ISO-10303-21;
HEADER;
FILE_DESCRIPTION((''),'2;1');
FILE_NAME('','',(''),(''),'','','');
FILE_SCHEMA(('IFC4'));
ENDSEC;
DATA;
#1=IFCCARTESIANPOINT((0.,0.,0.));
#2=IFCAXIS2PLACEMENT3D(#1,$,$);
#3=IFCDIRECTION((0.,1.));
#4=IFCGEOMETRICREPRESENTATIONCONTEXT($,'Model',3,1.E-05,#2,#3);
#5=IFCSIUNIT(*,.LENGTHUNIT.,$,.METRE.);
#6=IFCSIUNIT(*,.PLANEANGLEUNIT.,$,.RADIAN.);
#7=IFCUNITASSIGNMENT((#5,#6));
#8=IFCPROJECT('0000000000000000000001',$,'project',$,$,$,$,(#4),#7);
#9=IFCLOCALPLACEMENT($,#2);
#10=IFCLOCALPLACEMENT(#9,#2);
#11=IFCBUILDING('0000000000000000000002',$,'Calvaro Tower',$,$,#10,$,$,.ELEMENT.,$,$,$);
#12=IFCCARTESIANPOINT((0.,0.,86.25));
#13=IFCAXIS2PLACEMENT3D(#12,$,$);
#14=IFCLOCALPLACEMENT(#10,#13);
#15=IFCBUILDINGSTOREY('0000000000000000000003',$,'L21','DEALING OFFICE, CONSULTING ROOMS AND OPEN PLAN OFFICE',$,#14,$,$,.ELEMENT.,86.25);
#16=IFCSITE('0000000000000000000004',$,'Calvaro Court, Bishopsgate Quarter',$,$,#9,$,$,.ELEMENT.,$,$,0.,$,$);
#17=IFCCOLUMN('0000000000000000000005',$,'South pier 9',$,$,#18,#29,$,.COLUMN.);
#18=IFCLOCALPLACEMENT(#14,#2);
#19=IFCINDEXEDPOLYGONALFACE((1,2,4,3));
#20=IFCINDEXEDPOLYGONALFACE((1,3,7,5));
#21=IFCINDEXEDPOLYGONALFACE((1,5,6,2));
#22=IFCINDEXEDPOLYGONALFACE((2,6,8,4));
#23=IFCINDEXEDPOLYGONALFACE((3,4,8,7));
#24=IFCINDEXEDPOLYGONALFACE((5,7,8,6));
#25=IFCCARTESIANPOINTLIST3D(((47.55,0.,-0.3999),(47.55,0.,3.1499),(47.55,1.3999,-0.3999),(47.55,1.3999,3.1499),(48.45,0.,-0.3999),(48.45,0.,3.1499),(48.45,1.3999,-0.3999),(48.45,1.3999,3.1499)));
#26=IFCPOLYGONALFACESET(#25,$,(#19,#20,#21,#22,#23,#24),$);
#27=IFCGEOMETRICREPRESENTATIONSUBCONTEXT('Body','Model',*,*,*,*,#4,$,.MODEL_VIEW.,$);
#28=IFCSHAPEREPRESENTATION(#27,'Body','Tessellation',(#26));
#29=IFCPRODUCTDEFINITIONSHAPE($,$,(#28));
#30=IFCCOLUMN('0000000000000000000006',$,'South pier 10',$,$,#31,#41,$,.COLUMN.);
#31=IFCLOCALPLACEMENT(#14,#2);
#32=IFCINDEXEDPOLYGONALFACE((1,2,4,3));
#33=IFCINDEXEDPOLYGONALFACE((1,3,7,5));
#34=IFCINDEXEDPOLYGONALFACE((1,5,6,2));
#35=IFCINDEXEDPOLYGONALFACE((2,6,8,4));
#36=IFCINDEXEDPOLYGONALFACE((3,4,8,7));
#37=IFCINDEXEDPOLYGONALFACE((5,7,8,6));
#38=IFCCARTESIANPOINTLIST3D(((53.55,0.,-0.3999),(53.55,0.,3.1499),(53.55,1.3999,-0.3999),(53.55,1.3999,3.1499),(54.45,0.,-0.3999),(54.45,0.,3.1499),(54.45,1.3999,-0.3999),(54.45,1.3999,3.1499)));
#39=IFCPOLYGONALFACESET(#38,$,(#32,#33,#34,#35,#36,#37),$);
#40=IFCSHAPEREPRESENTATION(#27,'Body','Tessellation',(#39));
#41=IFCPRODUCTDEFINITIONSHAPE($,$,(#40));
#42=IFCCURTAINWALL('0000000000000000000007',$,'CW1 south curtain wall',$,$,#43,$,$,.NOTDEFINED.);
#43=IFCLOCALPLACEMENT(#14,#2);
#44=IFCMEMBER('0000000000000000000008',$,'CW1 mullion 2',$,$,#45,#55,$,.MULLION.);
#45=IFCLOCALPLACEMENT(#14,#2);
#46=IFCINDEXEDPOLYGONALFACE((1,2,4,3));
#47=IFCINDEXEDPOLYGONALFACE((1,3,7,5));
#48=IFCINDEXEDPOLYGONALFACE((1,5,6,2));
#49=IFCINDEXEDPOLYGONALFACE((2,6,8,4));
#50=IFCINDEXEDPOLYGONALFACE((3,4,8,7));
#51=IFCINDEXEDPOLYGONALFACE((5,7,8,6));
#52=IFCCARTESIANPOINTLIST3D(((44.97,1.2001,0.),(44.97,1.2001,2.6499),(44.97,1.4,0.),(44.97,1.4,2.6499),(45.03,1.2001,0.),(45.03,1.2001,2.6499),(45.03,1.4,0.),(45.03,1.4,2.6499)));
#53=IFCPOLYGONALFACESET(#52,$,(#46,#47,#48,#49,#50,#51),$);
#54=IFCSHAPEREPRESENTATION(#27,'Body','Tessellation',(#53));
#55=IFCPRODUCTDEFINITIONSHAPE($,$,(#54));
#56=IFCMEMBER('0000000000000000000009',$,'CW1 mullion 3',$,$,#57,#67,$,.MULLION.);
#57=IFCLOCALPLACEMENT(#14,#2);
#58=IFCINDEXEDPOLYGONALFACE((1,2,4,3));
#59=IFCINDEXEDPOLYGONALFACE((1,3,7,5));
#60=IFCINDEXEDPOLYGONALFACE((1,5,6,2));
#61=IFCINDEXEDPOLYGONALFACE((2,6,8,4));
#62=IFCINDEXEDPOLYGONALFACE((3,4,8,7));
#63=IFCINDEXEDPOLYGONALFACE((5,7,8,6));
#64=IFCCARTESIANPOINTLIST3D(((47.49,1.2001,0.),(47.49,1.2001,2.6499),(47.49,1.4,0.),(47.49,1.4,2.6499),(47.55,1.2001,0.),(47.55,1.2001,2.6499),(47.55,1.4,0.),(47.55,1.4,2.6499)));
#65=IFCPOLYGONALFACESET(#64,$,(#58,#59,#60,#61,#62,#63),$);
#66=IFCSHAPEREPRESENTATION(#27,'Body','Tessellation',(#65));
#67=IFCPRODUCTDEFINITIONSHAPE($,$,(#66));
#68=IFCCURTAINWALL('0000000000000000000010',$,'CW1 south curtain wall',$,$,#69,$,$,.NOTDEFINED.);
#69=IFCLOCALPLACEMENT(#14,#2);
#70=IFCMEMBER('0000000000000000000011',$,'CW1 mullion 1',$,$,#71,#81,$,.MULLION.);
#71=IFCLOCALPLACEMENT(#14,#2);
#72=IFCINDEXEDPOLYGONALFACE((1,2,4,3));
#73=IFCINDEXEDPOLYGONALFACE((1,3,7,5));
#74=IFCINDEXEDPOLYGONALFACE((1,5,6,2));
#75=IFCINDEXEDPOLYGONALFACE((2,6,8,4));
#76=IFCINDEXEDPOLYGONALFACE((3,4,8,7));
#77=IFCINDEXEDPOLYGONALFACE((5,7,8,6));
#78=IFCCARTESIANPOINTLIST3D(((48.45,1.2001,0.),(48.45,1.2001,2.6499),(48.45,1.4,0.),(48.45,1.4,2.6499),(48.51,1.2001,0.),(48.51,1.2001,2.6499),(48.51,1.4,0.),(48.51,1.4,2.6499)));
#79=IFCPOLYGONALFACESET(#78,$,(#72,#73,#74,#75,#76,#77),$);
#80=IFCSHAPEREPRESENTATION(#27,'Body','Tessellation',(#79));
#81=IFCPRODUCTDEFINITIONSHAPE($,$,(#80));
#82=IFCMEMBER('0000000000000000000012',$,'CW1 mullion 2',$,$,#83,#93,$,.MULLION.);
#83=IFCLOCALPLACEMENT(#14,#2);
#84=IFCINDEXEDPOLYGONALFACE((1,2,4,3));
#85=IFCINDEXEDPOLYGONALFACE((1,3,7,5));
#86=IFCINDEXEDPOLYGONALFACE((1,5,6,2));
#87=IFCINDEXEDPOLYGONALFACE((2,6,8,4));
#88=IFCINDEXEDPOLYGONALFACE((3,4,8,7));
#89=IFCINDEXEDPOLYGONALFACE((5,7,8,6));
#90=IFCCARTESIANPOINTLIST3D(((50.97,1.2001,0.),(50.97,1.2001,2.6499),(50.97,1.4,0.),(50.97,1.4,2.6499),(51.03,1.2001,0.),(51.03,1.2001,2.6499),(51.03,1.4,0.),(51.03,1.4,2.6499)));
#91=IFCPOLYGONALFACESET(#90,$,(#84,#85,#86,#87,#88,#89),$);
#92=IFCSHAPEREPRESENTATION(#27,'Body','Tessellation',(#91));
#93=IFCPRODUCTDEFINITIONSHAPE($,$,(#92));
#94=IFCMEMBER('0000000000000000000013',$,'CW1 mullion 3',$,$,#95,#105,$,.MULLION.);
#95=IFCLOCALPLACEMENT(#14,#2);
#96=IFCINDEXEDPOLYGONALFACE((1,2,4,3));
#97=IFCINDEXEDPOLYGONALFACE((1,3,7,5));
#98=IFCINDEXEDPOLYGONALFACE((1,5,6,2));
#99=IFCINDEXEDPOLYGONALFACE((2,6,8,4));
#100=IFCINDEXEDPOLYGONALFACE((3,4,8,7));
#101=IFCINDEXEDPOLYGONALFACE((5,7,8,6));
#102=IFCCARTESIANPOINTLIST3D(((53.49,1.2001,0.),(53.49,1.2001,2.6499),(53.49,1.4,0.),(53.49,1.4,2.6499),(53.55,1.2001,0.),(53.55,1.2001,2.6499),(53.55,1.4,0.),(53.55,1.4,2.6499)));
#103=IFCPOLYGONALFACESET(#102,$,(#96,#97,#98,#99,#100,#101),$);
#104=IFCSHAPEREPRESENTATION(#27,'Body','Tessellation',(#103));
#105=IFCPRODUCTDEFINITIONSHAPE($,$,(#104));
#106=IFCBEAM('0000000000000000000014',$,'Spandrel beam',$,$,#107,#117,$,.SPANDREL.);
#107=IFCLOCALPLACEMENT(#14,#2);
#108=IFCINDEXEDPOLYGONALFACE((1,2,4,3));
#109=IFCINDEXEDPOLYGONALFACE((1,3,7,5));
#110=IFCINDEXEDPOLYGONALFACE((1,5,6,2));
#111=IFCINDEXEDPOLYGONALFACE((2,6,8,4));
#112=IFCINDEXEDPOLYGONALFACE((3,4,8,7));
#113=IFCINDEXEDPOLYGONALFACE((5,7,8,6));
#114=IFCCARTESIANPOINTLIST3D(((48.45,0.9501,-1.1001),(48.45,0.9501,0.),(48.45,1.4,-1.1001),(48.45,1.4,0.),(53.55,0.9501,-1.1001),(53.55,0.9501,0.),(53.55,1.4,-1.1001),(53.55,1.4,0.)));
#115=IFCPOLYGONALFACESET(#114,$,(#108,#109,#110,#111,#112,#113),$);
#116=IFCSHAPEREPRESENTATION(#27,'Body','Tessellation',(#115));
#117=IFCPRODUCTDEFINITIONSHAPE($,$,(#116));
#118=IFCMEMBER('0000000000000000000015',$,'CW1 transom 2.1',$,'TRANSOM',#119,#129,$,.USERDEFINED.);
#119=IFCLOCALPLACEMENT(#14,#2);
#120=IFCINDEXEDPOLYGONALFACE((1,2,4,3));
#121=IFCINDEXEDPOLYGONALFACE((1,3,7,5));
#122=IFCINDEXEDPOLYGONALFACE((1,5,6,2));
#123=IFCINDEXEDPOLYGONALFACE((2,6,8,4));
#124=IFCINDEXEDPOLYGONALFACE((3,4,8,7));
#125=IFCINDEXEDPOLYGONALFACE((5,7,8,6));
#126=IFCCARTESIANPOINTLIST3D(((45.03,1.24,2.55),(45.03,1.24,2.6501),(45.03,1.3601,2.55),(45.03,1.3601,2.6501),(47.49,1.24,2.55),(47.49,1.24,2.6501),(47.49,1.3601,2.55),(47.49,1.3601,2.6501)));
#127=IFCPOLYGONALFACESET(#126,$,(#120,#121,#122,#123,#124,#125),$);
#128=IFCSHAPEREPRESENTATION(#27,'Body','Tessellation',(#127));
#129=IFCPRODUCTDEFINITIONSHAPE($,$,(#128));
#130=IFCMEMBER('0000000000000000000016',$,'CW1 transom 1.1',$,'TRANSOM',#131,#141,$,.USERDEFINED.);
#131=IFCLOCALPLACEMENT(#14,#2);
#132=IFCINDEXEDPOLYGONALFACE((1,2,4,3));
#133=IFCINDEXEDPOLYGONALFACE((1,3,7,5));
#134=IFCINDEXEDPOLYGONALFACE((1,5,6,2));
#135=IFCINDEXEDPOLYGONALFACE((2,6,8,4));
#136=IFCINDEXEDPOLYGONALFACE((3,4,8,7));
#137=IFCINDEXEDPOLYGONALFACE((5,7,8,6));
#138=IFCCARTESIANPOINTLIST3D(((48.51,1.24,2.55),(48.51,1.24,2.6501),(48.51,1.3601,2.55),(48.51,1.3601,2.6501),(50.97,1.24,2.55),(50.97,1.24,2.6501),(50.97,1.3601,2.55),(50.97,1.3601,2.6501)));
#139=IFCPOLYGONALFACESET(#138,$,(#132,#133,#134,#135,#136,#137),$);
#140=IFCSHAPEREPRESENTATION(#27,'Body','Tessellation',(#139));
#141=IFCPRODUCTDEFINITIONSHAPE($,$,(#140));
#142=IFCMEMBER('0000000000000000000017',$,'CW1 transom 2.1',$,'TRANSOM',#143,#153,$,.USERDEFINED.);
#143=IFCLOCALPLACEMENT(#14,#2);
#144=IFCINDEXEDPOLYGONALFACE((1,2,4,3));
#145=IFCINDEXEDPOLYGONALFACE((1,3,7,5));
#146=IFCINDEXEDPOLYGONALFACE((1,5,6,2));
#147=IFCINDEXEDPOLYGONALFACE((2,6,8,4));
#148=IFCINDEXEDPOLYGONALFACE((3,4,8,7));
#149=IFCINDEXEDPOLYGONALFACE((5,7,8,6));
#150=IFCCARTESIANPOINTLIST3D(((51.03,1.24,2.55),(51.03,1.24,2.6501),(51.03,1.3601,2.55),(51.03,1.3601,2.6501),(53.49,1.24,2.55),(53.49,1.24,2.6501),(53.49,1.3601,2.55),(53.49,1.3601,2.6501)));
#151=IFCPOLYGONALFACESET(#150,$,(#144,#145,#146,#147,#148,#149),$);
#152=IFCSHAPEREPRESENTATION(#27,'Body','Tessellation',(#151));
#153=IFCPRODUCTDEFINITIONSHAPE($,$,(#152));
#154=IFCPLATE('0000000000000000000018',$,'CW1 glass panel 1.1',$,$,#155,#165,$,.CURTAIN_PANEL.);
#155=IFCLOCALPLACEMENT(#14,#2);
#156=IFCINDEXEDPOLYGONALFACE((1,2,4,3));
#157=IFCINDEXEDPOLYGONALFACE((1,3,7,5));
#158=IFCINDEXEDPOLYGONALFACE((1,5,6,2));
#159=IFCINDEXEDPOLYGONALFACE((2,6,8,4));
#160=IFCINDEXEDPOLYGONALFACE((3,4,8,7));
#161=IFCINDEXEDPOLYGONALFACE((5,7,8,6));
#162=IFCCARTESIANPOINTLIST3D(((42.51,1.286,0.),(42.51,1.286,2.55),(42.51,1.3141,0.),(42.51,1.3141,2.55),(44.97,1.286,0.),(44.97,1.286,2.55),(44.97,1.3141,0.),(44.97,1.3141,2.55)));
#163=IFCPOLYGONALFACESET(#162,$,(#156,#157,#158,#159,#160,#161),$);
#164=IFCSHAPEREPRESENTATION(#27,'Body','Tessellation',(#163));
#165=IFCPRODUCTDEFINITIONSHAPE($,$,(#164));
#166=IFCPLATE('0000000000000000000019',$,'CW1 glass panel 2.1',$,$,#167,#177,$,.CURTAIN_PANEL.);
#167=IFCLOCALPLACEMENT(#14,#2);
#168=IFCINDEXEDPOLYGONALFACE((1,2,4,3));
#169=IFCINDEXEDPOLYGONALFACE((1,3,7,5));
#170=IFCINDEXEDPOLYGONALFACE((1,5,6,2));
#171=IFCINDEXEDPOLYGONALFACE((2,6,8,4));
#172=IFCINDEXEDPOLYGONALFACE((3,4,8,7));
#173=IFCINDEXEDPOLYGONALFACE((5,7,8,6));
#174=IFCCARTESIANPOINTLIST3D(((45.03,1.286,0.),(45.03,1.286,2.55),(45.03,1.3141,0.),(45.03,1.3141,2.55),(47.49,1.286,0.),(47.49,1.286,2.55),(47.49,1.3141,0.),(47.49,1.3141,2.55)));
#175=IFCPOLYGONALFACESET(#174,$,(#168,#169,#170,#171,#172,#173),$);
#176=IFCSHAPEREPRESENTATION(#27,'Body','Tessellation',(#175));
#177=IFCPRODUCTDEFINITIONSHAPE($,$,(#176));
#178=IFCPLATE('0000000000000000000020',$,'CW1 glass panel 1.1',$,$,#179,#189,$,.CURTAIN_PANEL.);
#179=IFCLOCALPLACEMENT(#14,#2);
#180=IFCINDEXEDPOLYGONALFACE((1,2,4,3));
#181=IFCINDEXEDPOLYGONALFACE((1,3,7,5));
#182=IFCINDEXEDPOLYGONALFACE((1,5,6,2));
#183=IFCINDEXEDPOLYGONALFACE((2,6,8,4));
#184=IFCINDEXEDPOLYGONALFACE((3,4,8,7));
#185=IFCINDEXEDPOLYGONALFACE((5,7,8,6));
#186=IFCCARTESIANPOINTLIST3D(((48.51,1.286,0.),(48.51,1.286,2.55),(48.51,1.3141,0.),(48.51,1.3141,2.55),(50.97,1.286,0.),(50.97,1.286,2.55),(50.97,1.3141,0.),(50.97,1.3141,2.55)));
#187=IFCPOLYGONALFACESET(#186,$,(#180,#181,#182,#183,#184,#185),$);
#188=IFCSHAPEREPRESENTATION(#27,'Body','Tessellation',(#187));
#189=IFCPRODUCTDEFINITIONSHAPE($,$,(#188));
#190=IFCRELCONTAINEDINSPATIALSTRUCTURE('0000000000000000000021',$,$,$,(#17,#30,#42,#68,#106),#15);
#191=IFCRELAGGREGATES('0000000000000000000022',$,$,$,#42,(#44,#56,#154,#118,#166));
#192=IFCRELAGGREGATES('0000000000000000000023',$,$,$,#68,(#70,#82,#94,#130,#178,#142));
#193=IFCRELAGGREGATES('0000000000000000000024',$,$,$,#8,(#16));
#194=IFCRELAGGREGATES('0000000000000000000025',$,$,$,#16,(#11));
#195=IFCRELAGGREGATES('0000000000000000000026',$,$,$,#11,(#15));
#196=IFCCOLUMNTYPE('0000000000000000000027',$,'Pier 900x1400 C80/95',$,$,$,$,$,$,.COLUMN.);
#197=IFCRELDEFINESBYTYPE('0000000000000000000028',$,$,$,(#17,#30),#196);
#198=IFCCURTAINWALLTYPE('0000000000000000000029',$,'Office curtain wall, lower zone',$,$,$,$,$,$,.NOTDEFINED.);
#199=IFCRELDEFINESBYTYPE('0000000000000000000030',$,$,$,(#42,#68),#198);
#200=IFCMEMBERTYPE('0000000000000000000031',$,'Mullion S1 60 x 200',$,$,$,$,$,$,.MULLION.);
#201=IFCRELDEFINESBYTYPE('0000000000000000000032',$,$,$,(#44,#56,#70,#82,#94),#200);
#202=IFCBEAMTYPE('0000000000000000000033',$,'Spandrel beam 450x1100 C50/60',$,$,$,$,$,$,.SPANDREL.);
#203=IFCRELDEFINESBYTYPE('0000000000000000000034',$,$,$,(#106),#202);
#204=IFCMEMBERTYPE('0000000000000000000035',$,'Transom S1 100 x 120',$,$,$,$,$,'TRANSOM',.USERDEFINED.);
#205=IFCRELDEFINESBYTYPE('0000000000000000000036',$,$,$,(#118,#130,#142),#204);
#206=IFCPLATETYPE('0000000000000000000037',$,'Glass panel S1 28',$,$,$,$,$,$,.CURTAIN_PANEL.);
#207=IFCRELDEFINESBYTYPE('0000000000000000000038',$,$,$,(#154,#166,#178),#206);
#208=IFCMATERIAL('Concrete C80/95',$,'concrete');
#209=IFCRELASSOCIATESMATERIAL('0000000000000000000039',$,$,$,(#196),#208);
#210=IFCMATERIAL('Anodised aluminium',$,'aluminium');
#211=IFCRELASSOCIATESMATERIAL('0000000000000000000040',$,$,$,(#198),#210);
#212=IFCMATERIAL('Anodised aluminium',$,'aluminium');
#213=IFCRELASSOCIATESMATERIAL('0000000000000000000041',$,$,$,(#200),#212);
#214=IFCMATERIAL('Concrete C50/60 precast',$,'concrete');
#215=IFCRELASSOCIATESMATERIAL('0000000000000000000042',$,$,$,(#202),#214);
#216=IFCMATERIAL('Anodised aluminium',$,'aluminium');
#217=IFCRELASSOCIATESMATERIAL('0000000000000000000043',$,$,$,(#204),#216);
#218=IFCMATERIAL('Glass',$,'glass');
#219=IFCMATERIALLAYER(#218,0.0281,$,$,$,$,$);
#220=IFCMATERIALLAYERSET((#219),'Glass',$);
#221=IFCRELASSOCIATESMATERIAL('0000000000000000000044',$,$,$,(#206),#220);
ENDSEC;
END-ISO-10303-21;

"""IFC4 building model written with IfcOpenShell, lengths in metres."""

from ifc_helpers import new_model, si_unit, direction, frame, origin, origin_2d, place, context, subcontext, project, spatial, rectangle, extrude, material, layer, layer_set, material_profile, profile_set, type_object, element, aggregate, save


model = new_model("IFC4")

# Units and contexts
model_context = context("Model", 3, precision=1e-05, world=origin(), true_north=direction((0.0, 1.0)))
body_context = subcontext(model_context, "Body", "Model", "MODEL_VIEW")
ifc_project = project(units=[si_unit("LENGTHUNIT", "METRE"), si_unit("PLANEANGLEUNIT", "RADIAN")], contexts=[model_context])

# Site, building, storey
site_placement = place(None, origin())
site = spatial("IfcSite", under=ifc_project, at=site_placement, Name="Calvaro Court, Bishopsgate Quarter", CompositionType="ELEMENT", RefElevation=0.0)
building_placement = place(site_placement, origin())
building = spatial("IfcBuilding", under=site, at=building_placement, Name="Calvaro Tower", CompositionType="ELEMENT")
storey_placement = place(building_placement, frame((0.0, 0.0, 86.25)))
storey = spatial("IfcBuildingStorey", under=building, at=storey_placement, Name="L21", Description="DEALING OFFICE, CONSULTING ROOMS AND OPEN PLAN OFFICE", CompositionType="ELEMENT", Elevation=86.25)

# Columns
ifc_material_1 = material(Name="Concrete C80/95", Category="concrete")
ifc_material_profile_1 = material_profile(ifc_material_1, rectangle(XDim=0.8999, YDim=1.3999, at=origin_2d()), Name="RC 900x1400")
ifc_profile_set_1 = profile_set([ifc_material_profile_1], Name="Concrete C80/95")
column_type = type_object("IfcColumnType", Name="Pier 900x1400 C80/95", PredefinedType="COLUMN", material=ifc_profile_set_1)
for number, where, z_axis, x_axis, name in (
    (1, (48.0, 0.7, -0.3999), (0.0, 0.0, 1.0), (1.0, 0.0, 0.0), "South pier 9"),
    (2, (54.0, 0.7, -0.3999), (0.0, 0.0, 1.0), (1.0, 0.0, 0.0), "South pier 10"),
):
    element("IfcColumn", number, at=place(storey_placement, frame(where, z_axis=z_axis, x_axis=x_axis)), inside=storey, type_object=column_type, Name=name, PredefinedType="COLUMN", context=body_context, shape_type="SweptSolid", body=[
        extrude(rectangle(XDim=0.8999, YDim=1.3999, at=origin_2d()), origin(), (0.0, 0.0, 1.0), 3.5498),
    ])

# Curtain walls, members
ifc_material_2 = material(Name="Anodised aluminium", Category="aluminium")
curtain_wall_type = type_object("IfcCurtainWallType", Name="Office curtain wall, lower zone", PredefinedType="NOTDEFINED", material=ifc_material_2)
curtain_wall_1_placement = place(storey_placement, origin())
curtain_wall_1 = element("IfcCurtainWall", 3, at=curtain_wall_1_placement, inside=storey, type_object=curtain_wall_type, Name="CW1 south curtain wall", PredefinedType="NOTDEFINED")
ifc_material_3 = material(Name="Anodised aluminium", Category="aluminium")
ifc_material_profile_2 = material_profile(ifc_material_3, rectangle(XDim=0.2, YDim=0.0601, at=origin_2d()), Name="Mullion S1 60 x 200")
ifc_profile_set_2 = profile_set([ifc_material_profile_2], Name="Anodised aluminium")
member_type_1 = type_object("IfcMemberType", Name="Mullion S1 60 x 200", PredefinedType="MULLION", material=ifc_profile_set_2)
member_1_placement = place(storey_placement, frame((45.0, 1.3, 0.0), z_axis=(0.0, 0.0, 1.0), x_axis=(0.0, 1.0, 0.0)))
member_1 = element("IfcMember", 4, at=member_1_placement, type_object=member_type_1, Name="CW1 mullion 2", PredefinedType="MULLION", context=body_context, shape_type="SweptSolid", body=[
    extrude(rectangle(XDim=0.2, YDim=0.0601, at=origin_2d()), origin(), (0.0, 0.0, 1.0), 2.6499),
])
member_2_placement = place(storey_placement, frame((47.52, 1.3, 0.0), z_axis=(0.0, 0.0, 1.0), x_axis=(0.0, 1.0, 0.0)))
member_2 = element("IfcMember", 5, at=member_2_placement, type_object=member_type_1, Name="CW1 mullion 3", PredefinedType="MULLION", context=body_context, shape_type="SweptSolid", body=[
    extrude(rectangle(XDim=0.2, YDim=0.0601, at=origin_2d()), origin(), (0.0, 0.0, 1.0), 2.6499),
])
curtain_wall_2_placement = place(storey_placement, origin())
curtain_wall_2 = element("IfcCurtainWall", 6, at=curtain_wall_2_placement, inside=storey, type_object=curtain_wall_type, Name="CW1 south curtain wall", PredefinedType="NOTDEFINED")
member_3_placement = place(storey_placement, frame((48.48, 1.3, 0.0), z_axis=(0.0, 0.0, 1.0), x_axis=(0.0, 1.0, 0.0)))
member_3 = element("IfcMember", 7, at=member_3_placement, type_object=member_type_1, Name="CW1 mullion 1", PredefinedType="MULLION", context=body_context, shape_type="SweptSolid", body=[
    extrude(rectangle(XDim=0.2, YDim=0.0601, at=origin_2d()), origin(), (0.0, 0.0, 1.0), 2.6499),
])
member_4_placement = place(storey_placement, frame((51.0, 1.3, 0.0), z_axis=(0.0, 0.0, 1.0), x_axis=(0.0, 1.0, 0.0)))
member_4 = element("IfcMember", 8, at=member_4_placement, type_object=member_type_1, Name="CW1 mullion 2", PredefinedType="MULLION", context=body_context, shape_type="SweptSolid", body=[
    extrude(rectangle(XDim=0.2, YDim=0.0601, at=origin_2d()), origin(), (0.0, 0.0, 1.0), 2.6499),
])
member_5_placement = place(storey_placement, frame((53.52, 1.3, 0.0), z_axis=(0.0, 0.0, 1.0), x_axis=(0.0, 1.0, 0.0)))
member_5 = element("IfcMember", 9, at=member_5_placement, type_object=member_type_1, Name="CW1 mullion 3", PredefinedType="MULLION", context=body_context, shape_type="SweptSolid", body=[
    extrude(rectangle(XDim=0.2, YDim=0.0601, at=origin_2d()), origin(), (0.0, 0.0, 1.0), 2.6499),
])

# Beam
ifc_material_4 = material(Name="Concrete C50/60 precast", Category="concrete")
ifc_material_profile_3 = material_profile(ifc_material_4, rectangle(XDim=0.45, YDim=1.1001, at=origin_2d()), Name="RC 450x1100")
ifc_profile_set_3 = profile_set([ifc_material_profile_3], Name="Concrete C50/60 precast")
beam_type = type_object("IfcBeamType", Name="Spandrel beam 450x1100 C50/60", PredefinedType="SPANDREL", material=ifc_profile_set_3)
beam_placement = place(storey_placement, frame((48.45, 1.175, -0.55), z_axis=(1.0, 0.0, 0.0), x_axis=(0.0, 1.0, 0.0)))
element("IfcBeam", 10, at=beam_placement, inside=storey, type_object=beam_type, Name="Spandrel beam", PredefinedType="SPANDREL", context=body_context, shape_type="SweptSolid", body=[
    extrude(rectangle(XDim=0.45, YDim=1.1001, at=origin_2d()), origin(), (0.0, 0.0, 1.0), 5.1001),
])

# Members
ifc_material_5 = material(Name="Anodised aluminium", Category="aluminium")
ifc_material_profile_4 = material_profile(ifc_material_5, rectangle(XDim=0.1201, YDim=0.1001, at=origin_2d()), Name="Transom S1 100 x 120")
ifc_profile_set_4 = profile_set([ifc_material_profile_4], Name="Anodised aluminium")
member_type_2 = type_object("IfcMemberType", Name="Transom S1 100 x 120", ElementType="TRANSOM", PredefinedType="USERDEFINED", material=ifc_profile_set_4)
member_6_placement = place(storey_placement, frame((45.03, 1.3, 2.6001), z_axis=(1.0, 0.0, 0.0), x_axis=(0.0, 1.0, 0.0)))
member_6 = element("IfcMember", 11, at=member_6_placement, type_object=member_type_2, Name="CW1 transom 2.1", ObjectType="TRANSOM", PredefinedType="USERDEFINED", context=body_context, shape_type="SweptSolid", body=[
    extrude(rectangle(XDim=0.1201, YDim=0.1001, at=origin_2d()), origin(), (0.0, 0.0, 1.0), 2.46),
])
member_7_placement = place(storey_placement, frame((48.51, 1.3, 2.6001), z_axis=(1.0, 0.0, 0.0), x_axis=(0.0, 1.0, 0.0)))
member_7 = element("IfcMember", 12, at=member_7_placement, type_object=member_type_2, Name="CW1 transom 1.1", ObjectType="TRANSOM", PredefinedType="USERDEFINED", context=body_context, shape_type="SweptSolid", body=[
    extrude(rectangle(XDim=0.1201, YDim=0.1001, at=origin_2d()), origin(), (0.0, 0.0, 1.0), 2.46),
])
member_8_placement = place(storey_placement, frame((51.03, 1.3, 2.6001), z_axis=(1.0, 0.0, 0.0), x_axis=(0.0, 1.0, 0.0)))
member_8 = element("IfcMember", 13, at=member_8_placement, type_object=member_type_2, Name="CW1 transom 2.1", ObjectType="TRANSOM", PredefinedType="USERDEFINED", context=body_context, shape_type="SweptSolid", body=[
    extrude(rectangle(XDim=0.1201, YDim=0.1001, at=origin_2d()), origin(), (0.0, 0.0, 1.0), 2.46),
])

# Plates
ifc_material_6 = material(Name="Glass", Category="glass")
ifc_layer_1 = layer(ifc_material_6, 0.0281)
ifc_layer_set_1 = layer_set([ifc_layer_1], Name="Glass")
plate_type = type_object("IfcPlateType", Name="Glass panel S1 28", PredefinedType="CURTAIN_PANEL", material=ifc_layer_set_1)
plate_1_placement = place(storey_placement, frame((43.74, 1.3, 0.0), z_axis=(0.0, 0.0, 1.0), x_axis=(1.0, 0.0, 0.0)))
plate_1 = element("IfcPlate", 14, at=plate_1_placement, type_object=plate_type, Name="CW1 glass panel 1.1", PredefinedType="CURTAIN_PANEL", context=body_context, shape_type="SweptSolid", body=[
    extrude(rectangle(XDim=2.46, YDim=0.0281, at=origin_2d()), origin(), (0.0, 0.0, 1.0), 2.55),
])
plate_2_placement = place(storey_placement, frame((46.26, 1.3, 0.0), z_axis=(0.0, 0.0, 1.0), x_axis=(1.0, 0.0, 0.0)))
plate_2 = element("IfcPlate", 15, at=plate_2_placement, type_object=plate_type, Name="CW1 glass panel 2.1", PredefinedType="CURTAIN_PANEL", context=body_context, shape_type="SweptSolid", body=[
    extrude(rectangle(XDim=2.46, YDim=0.0281, at=origin_2d()), origin(), (0.0, 0.0, 1.0), 2.55),
])
aggregate(curtain_wall_1, [member_1, member_2, plate_1, member_6, plate_2])
plate_3_placement = place(storey_placement, frame((49.74, 1.3, 0.0), z_axis=(0.0, 0.0, 1.0), x_axis=(1.0, 0.0, 0.0)))
plate_3 = element("IfcPlate", 16, at=plate_3_placement, type_object=plate_type, Name="CW1 glass panel 1.1", PredefinedType="CURTAIN_PANEL", context=body_context, shape_type="SweptSolid", body=[
    extrude(rectangle(XDim=2.46, YDim=0.0281, at=origin_2d()), origin(), (0.0, 0.0, 1.0), 2.55),
])
aggregate(curtain_wall_2, [member_3, member_4, member_5, member_7, plate_3, member_8])

save(model, "model.ifc")
